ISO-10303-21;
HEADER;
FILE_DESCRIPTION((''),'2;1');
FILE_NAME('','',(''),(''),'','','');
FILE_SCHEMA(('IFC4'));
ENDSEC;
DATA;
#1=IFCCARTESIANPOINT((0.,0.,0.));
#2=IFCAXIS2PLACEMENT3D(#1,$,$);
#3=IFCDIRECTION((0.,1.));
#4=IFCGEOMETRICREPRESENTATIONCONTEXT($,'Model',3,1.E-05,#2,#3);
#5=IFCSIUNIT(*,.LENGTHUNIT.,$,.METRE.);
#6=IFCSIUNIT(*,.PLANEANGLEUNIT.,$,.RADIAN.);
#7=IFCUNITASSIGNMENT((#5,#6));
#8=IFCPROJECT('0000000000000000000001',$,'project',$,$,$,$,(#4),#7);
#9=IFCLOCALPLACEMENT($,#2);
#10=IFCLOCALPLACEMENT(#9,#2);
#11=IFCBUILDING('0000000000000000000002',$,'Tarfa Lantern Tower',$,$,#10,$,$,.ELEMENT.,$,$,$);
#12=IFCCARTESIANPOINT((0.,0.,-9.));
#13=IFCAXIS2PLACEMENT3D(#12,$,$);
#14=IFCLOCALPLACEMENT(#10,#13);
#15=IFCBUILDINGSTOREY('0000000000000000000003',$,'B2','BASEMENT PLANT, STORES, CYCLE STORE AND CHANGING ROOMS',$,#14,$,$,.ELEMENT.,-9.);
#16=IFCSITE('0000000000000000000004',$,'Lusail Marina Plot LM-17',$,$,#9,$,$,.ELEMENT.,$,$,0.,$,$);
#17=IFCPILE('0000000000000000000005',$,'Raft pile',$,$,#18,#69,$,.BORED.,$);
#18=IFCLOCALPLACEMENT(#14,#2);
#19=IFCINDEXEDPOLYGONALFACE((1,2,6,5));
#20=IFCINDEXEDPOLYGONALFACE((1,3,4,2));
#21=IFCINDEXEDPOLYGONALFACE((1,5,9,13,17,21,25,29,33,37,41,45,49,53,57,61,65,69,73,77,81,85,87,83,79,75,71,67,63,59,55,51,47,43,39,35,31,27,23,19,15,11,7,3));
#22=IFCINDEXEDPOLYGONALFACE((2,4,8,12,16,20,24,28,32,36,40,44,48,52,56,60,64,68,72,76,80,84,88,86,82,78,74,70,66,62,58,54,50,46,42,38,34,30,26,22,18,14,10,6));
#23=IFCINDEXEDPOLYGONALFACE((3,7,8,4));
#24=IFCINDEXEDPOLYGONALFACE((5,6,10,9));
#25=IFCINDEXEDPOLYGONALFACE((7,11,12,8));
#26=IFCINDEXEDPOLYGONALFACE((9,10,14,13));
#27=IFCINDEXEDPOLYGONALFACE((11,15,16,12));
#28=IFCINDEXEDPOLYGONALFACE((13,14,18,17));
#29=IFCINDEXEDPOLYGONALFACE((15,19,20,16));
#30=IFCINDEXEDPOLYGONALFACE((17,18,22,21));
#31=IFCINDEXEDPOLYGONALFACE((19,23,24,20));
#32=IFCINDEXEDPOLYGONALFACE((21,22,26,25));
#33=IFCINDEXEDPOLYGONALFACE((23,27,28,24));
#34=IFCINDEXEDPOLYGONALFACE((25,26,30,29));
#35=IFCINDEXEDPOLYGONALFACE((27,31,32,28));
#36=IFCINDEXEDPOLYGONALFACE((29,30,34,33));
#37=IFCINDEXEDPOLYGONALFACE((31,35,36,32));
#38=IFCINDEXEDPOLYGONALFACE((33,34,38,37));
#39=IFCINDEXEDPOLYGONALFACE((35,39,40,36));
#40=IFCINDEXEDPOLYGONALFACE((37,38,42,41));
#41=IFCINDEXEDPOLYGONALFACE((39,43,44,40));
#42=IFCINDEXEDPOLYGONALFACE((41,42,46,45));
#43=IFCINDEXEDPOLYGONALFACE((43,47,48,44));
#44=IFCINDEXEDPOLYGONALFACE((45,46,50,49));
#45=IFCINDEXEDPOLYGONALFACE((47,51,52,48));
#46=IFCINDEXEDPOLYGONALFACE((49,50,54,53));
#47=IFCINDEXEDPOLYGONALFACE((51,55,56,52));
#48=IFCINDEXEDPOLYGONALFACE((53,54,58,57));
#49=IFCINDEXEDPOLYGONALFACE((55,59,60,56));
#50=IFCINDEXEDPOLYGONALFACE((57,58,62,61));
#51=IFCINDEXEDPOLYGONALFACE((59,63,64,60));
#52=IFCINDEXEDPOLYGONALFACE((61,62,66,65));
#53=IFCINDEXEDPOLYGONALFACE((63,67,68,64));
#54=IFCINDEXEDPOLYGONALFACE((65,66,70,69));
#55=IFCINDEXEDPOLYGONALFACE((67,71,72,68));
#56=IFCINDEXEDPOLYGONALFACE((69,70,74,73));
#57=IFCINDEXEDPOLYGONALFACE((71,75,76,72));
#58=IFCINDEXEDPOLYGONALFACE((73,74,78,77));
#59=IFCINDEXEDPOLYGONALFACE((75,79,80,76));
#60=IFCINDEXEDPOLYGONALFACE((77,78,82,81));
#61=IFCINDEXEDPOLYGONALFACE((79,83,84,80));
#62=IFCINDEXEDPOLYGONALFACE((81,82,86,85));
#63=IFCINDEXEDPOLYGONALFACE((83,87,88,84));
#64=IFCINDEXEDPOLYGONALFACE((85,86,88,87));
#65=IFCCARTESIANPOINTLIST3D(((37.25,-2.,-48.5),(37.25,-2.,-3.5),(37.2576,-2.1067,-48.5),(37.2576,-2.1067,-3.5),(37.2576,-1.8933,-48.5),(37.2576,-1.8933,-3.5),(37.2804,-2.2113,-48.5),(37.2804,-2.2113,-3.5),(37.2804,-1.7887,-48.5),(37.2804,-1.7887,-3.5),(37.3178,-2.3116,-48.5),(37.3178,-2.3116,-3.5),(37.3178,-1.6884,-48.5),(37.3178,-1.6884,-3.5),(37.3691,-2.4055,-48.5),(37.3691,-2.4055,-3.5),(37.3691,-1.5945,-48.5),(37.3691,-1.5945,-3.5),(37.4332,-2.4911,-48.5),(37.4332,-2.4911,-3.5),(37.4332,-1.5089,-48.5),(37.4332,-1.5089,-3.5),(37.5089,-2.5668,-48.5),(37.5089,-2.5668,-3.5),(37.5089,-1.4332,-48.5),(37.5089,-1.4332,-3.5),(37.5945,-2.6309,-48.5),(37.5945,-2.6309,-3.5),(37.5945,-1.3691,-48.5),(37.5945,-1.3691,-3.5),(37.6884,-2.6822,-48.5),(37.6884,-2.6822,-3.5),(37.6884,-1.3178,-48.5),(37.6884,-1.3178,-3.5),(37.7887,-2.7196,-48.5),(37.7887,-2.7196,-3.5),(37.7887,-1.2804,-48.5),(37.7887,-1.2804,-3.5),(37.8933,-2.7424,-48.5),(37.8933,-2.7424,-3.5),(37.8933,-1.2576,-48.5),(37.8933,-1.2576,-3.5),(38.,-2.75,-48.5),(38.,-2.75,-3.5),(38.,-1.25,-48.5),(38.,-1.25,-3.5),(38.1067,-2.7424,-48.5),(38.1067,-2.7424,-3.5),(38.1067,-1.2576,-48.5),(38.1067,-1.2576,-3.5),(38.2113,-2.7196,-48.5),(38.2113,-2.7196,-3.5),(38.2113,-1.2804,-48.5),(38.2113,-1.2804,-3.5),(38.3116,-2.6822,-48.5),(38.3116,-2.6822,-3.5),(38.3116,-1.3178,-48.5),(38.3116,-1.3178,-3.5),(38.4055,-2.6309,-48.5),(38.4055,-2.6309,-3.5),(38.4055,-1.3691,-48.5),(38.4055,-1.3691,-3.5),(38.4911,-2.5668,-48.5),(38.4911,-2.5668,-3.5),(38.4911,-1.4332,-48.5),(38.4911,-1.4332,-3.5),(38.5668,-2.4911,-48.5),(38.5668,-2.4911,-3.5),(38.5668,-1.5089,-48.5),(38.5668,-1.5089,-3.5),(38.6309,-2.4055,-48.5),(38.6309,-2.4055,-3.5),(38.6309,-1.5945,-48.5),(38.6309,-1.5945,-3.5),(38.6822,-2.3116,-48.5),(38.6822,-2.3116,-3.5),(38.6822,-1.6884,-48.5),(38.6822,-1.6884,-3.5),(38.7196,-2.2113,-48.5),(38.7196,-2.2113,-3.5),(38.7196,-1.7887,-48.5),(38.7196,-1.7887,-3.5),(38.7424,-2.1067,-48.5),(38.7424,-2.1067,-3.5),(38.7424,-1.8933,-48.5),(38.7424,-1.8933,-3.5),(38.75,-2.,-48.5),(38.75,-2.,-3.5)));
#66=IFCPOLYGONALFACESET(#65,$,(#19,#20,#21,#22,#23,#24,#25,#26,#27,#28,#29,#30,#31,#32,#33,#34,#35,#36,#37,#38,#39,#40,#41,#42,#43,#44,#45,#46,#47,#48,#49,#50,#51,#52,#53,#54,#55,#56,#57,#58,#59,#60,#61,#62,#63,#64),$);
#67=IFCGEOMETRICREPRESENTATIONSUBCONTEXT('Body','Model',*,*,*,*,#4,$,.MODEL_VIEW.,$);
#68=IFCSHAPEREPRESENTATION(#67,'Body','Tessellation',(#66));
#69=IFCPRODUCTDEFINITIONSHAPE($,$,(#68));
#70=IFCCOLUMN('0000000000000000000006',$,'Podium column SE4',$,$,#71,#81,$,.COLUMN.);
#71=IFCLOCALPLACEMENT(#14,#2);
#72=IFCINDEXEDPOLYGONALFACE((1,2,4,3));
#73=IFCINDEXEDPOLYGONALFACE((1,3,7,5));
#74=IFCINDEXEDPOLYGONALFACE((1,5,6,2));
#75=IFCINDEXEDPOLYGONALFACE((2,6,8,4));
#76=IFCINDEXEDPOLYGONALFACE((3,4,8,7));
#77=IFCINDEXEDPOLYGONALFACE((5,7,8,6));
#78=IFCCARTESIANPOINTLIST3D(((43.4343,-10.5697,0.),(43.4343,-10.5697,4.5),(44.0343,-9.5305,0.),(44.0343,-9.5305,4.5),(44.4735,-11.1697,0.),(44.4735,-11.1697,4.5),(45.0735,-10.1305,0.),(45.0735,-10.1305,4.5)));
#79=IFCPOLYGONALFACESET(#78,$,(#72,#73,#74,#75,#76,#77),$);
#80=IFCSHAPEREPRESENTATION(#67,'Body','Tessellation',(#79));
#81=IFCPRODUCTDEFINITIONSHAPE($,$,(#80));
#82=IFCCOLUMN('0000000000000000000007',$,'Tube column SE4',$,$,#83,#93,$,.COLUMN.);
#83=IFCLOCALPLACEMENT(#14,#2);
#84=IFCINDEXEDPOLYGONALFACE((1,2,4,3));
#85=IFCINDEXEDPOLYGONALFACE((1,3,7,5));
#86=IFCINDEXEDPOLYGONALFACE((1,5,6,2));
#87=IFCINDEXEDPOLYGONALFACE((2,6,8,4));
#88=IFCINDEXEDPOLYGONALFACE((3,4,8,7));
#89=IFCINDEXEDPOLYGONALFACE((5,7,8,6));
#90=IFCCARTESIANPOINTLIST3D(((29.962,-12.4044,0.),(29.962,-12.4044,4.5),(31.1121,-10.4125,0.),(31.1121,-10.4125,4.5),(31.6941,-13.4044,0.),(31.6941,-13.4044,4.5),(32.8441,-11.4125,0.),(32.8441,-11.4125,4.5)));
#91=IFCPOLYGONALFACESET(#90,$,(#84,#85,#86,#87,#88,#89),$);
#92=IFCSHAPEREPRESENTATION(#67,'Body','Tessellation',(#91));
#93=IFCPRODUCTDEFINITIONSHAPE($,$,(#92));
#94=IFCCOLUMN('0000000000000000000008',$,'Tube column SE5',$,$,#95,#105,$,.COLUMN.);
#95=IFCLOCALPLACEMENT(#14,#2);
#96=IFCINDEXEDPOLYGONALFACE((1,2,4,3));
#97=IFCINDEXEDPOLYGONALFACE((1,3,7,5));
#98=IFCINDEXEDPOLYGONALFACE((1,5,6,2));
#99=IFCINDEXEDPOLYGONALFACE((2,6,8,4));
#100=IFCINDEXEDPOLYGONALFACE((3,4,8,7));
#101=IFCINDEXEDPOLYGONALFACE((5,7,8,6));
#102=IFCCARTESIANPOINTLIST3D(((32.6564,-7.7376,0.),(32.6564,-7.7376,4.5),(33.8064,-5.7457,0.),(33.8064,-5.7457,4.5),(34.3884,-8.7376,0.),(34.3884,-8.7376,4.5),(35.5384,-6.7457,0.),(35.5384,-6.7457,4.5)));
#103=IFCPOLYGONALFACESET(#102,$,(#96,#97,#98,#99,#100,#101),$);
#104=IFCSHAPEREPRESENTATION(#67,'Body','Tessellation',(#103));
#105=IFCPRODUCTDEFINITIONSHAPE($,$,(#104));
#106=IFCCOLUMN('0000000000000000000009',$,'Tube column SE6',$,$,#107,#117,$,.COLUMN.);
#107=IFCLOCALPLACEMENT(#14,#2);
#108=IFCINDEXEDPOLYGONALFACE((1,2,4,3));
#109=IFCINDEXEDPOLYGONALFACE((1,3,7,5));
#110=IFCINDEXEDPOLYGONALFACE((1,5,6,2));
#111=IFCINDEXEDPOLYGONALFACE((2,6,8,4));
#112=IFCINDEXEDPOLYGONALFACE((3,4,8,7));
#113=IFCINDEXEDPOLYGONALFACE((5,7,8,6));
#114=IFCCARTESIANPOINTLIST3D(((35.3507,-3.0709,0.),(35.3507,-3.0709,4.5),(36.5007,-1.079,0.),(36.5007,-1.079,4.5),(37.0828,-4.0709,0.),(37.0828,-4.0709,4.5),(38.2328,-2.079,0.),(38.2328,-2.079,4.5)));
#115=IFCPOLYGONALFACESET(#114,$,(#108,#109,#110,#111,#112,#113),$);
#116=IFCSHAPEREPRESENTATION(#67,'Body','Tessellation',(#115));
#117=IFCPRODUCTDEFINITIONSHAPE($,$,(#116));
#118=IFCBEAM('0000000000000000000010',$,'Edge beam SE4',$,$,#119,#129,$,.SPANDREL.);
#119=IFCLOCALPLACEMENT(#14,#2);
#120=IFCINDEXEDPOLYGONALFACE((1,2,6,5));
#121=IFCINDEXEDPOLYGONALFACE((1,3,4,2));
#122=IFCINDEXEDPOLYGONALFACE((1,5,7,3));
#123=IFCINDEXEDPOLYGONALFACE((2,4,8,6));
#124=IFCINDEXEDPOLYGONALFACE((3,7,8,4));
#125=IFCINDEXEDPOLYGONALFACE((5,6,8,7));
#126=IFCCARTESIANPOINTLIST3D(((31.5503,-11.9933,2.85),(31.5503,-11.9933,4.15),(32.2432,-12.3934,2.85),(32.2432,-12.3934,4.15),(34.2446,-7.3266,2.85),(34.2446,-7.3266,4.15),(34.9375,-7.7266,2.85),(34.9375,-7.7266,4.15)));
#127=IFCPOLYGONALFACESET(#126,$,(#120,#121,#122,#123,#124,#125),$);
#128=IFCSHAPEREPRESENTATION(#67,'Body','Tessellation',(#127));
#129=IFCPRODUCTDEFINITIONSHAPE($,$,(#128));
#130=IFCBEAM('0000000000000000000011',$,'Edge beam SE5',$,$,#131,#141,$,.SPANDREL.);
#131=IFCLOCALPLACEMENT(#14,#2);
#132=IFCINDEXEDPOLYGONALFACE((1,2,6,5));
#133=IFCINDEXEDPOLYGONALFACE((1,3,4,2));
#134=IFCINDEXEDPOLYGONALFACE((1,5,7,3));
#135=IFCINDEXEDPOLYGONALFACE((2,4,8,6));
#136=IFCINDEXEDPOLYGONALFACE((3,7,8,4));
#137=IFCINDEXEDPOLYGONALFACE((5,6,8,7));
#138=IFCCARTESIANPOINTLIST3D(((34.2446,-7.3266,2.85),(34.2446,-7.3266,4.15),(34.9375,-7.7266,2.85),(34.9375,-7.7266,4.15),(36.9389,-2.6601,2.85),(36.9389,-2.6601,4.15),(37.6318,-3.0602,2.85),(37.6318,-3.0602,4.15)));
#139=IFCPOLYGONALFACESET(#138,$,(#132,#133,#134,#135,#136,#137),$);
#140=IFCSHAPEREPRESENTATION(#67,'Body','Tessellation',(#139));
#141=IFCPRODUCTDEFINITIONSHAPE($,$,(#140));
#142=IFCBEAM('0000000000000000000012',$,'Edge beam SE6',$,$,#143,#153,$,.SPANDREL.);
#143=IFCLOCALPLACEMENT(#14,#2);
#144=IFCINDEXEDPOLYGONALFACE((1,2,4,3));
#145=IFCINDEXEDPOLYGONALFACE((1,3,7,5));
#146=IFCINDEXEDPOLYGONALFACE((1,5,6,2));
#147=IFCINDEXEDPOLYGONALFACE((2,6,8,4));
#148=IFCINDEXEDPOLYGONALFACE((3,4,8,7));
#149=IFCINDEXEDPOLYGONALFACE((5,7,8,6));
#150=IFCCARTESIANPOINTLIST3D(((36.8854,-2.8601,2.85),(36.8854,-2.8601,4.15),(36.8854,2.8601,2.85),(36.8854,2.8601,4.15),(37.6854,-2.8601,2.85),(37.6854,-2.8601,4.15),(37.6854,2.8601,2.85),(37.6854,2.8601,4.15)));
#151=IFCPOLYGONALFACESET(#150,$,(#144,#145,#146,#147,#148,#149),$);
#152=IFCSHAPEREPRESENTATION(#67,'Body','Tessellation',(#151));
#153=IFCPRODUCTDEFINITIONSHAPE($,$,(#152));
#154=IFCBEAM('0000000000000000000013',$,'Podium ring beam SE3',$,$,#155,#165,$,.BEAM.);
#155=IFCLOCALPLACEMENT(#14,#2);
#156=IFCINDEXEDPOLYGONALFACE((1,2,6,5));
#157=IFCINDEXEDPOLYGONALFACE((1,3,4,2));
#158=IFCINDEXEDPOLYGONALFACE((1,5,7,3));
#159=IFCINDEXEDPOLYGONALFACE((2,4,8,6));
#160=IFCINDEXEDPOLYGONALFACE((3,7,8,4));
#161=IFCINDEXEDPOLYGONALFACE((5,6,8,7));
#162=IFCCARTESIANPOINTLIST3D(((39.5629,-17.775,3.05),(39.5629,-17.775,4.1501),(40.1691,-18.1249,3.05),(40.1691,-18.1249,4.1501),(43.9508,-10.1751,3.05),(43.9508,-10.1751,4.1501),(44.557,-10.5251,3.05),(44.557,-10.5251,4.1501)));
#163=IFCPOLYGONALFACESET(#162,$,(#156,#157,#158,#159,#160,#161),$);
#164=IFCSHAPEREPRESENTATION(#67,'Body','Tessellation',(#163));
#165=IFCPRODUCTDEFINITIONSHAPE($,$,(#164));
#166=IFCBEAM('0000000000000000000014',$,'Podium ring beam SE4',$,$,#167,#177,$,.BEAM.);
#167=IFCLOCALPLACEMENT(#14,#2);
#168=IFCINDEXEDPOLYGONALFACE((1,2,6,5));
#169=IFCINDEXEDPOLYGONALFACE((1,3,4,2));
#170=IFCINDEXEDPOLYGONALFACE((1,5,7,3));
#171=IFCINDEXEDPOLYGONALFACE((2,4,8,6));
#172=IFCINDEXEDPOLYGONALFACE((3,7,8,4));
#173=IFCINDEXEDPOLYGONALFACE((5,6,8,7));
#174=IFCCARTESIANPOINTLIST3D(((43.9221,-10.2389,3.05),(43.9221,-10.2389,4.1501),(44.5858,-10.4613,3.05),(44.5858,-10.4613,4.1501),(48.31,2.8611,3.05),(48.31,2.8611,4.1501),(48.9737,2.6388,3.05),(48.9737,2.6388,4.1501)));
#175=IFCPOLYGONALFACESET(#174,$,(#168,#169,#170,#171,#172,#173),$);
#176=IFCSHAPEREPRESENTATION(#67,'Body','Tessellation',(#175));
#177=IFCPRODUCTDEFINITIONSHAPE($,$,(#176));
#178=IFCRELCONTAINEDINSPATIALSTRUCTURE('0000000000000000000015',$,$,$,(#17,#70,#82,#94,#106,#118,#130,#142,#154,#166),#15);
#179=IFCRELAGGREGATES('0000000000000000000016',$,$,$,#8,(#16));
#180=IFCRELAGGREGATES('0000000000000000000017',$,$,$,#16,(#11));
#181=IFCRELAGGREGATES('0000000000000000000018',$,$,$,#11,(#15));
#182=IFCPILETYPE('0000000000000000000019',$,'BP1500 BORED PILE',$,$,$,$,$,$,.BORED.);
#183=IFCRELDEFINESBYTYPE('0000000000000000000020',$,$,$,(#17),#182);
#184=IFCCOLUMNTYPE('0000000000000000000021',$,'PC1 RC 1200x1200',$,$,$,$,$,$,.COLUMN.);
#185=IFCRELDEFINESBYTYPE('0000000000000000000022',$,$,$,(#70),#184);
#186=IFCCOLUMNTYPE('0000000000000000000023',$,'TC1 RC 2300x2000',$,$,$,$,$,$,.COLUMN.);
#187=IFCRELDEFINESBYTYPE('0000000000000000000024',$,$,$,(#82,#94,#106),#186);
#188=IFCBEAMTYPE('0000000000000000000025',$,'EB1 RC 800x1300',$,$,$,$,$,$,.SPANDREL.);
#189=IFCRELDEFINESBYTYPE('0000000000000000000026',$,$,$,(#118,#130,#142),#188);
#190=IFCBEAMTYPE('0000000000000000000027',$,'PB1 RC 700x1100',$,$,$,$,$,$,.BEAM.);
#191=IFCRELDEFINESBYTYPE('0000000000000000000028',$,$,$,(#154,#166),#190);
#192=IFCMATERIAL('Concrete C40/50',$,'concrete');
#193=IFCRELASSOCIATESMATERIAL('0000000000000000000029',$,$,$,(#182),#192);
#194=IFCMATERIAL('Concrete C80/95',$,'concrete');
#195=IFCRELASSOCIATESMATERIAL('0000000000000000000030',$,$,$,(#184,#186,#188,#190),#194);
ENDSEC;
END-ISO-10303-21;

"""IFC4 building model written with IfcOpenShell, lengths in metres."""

from ifc_helpers import new_model, si_unit, direction, frame, origin, origin_2d, place, context, subcontext, project, spatial, rectangle, circle, extrude, material, material_profile, profile_set, type_object, element, save


model = new_model("IFC4")

# Units and contexts
model_context = context("Model", 3, precision=1e-05, world=origin(), true_north=direction((0.0, 1.0)))
body_context = subcontext(model_context, "Body", "Model", "MODEL_VIEW")
ifc_project = project(units=[si_unit("LENGTHUNIT", "METRE"), si_unit("PLANEANGLEUNIT", "RADIAN")], contexts=[model_context])

# Site, building, storey
site_placement = place(None, origin())
site = spatial("IfcSite", under=ifc_project, at=site_placement, Name="Lusail Marina Plot LM-17", CompositionType="ELEMENT", RefElevation=0.0)
building_placement = place(site_placement, origin())
building = spatial("IfcBuilding", under=site, at=building_placement, Name="Tarfa Lantern Tower", CompositionType="ELEMENT")
storey_placement = place(building_placement, frame((0.0, 0.0, -9.0)))
storey = spatial("IfcBuildingStorey", under=building, at=storey_placement, Name="B2", Description="BASEMENT PLANT, STORES, CYCLE STORE AND CHANGING ROOMS", CompositionType="ELEMENT", Elevation=-9.0)

# Pile
ifc_material_1 = material(Name="Concrete C40/50", Category="concrete")
ifc_material_profile_1 = material_profile(ifc_material_1, circle(Radius=0.75, at=origin_2d()), Name="BORED PILE D1500")
ifc_profile_set_1 = profile_set([ifc_material_profile_1], Name="Concrete C40/50")
pile_type_1 = type_object("IfcPileType", Name="BP1500 BORED PILE", PredefinedType="BORED", material=ifc_profile_set_1)
for number, where, z_axis, x_axis, name in (
    (1, (38.0, -2.0, -3.5), (0.0, 0.0, -1.0), (1.0, 0.0, 0.0), "Raft pile"),
):
    element("IfcPile", number, at=place(storey_placement, frame(where, z_axis=z_axis, x_axis=x_axis)), inside=storey, type_object=pile_type_1, Name=name, PredefinedType="BORED", context=body_context, shape_type="SweptSolid", body=[
        extrude(circle(Radius=0.75, at=origin_2d()), origin(), (0.0, 0.0, 1.0), 45.0),
    ])

# Columns
ifc_material_2 = material(Name="Concrete C80/95", Category="concrete")
ifc_material_profile_2 = material_profile(ifc_material_2, rectangle(XDim=1.2, YDim=1.2, at=origin_2d()), Name="RC 1200x1200")
ifc_profile_set_2 = profile_set([ifc_material_profile_2], Name="Concrete C80/95")
column_type_1 = type_object("IfcColumnType", Name="PC1 RC 1200x1200", PredefinedType="COLUMN", material=ifc_profile_set_2)
column_placement = place(storey_placement, frame((44.2539, -10.3501, 0.0), z_axis=(0.0, 0.0, 1.0), x_axis=(0.5, 0.866025, 0.0)))
element("IfcColumn", 2, at=column_placement, inside=storey, type_object=column_type_1, Name="Podium column SE4", PredefinedType="COLUMN", context=body_context, shape_type="SweptSolid", body=[
    extrude(rectangle(XDim=1.2, YDim=1.2, at=origin_2d()), origin(), (0.0, 0.0, 1.0), 4.5),
])
ifc_material_profile_3 = material_profile(ifc_material_2, rectangle(XDim=2.3, YDim=2.0, at=origin_2d()), Name="RC 2300x2000")
ifc_profile_set_3 = profile_set([ifc_material_profile_3], Name="Concrete C80/95")
column_type_2 = type_object("IfcColumnType", Name="TC1 RC 2300x2000", PredefinedType="COLUMN", material=ifc_profile_set_3)
for number, where, z_axis, x_axis, name in (
    (3, (31.4031, -11.9084, 0.0), (0.0, 0.0, 1.0), (0.5, 0.866025, 0.0), "Tube column SE4"),
    (4, (34.0974, -7.2417, 0.0), (0.0, 0.0, 1.0), (0.5, 0.866025, 0.0), "Tube column SE5"),
    (5, (36.7917, -2.575, 0.0), (0.0, 0.0, 1.0), (0.5, 0.866025, 0.0), "Tube column SE6"),
):
    element("IfcColumn", number, at=place(storey_placement, frame(where, z_axis=z_axis, x_axis=x_axis)), inside=storey, type_object=column_type_2, Name=name, PredefinedType="COLUMN", context=body_context, shape_type="SweptSolid", body=[
        extrude(rectangle(XDim=2.3, YDim=2.0, at=origin_2d()), origin(), (0.0, 0.0, 1.0), 4.5),
    ])

# Beams
ifc_material_profile_4 = material_profile(ifc_material_2, rectangle(XDim=0.8, YDim=1.3, at=origin_2d()), Name="RC 800x1300")
ifc_profile_set_4 = profile_set([ifc_material_profile_4], Name="Concrete C80/95")
beam_type_1 = type_object("IfcBeamType", Name="EB1 RC 800x1300", PredefinedType="SPANDREL", material=ifc_profile_set_4)
beam_1_placement = place(storey_placement, frame((31.8967, -12.1934, 3.5), z_axis=(0.499998, 0.866026, 0.0), x_axis=(-0.866026, 0.499998, 0.0)))
element("IfcBeam", 6, at=beam_1_placement, inside=storey, type_object=beam_type_1, Name="Edge beam SE4", PredefinedType="SPANDREL", context=body_context, shape_type="SweptSolid", body=[
    extrude(rectangle(XDim=0.8, YDim=1.3, at=origin_2d()), origin(), (0.0, 0.0, 1.0), 5.3887),
])
beam_2_placement = place(storey_placement, frame((34.5911, -7.5266, 3.5), z_axis=(0.500018, 0.866015, 0.0), x_axis=(-0.866015, 0.500018, 0.0)))
element("IfcBeam", 7, at=beam_2_placement, inside=storey, type_object=beam_type_1, Name="Edge beam SE5", PredefinedType="SPANDREL", context=body_context, shape_type="SweptSolid", body=[
    extrude(rectangle(XDim=0.8, YDim=1.3, at=origin_2d()), origin(), (0.0, 0.0, 1.0), 5.3884),
])
beam_3_placement = place(storey_placement, frame((37.2854, -2.8601, 3.5), z_axis=(0.0, 1.0, 0.0), x_axis=(-1.0, 0.0, 0.0)))
element("IfcBeam", 8, at=beam_3_placement, inside=storey, type_object=beam_type_1, Name="Edge beam SE6", PredefinedType="SPANDREL", context=body_context, shape_type="SweptSolid", body=[
    extrude(rectangle(XDim=0.8, YDim=1.3, at=origin_2d()), origin(), (0.0, 0.0, 1.0), 5.7202),
])
ifc_material_profile_5 = material_profile(ifc_material_2, rectangle(XDim=0.7, YDim=1.1001, at=origin_2d()), Name="RC 700x1100")
ifc_profile_set_5 = profile_set([ifc_material_profile_5], Name="Concrete C80/95")
beam_type_2 = type_object("IfcBeamType", Name="PB1 RC 700x1100", PredefinedType="BEAM", material=ifc_profile_set_5)
beam_4_placement = place(storey_placement, frame((39.866, -17.95, 3.6001), z_axis=(0.500014, 0.866017, 0.0), x_axis=(-0.866017, 0.500014, 0.0)))
element("IfcBeam", 9, at=beam_4_placement, inside=storey, type_object=beam_type_2, Name="Podium ring beam SE3", PredefinedType="BEAM", context=body_context, shape_type="SweptSolid", body=[
    extrude(rectangle(XDim=0.7, YDim=1.1001, at=origin_2d()), origin(), (0.0, 0.0, 1.0), 8.7756),
])
beam_5_placement = place(storey_placement, frame((44.2539, -10.3501, 3.6001), z_axis=(0.317611, 0.948221, 0.0), x_axis=(-0.948221, 0.317611, 0.0)))
element("IfcBeam", 10, at=beam_5_placement, inside=storey, type_object=beam_type_2, Name="Podium ring beam SE4", PredefinedType="BEAM", context=body_context, shape_type="SweptSolid", body=[
    extrude(rectangle(XDim=0.7, YDim=1.1001, at=origin_2d()), origin(), (0.0, 0.0, 1.0), 13.8154),
])

save(model, "model.ifc")
